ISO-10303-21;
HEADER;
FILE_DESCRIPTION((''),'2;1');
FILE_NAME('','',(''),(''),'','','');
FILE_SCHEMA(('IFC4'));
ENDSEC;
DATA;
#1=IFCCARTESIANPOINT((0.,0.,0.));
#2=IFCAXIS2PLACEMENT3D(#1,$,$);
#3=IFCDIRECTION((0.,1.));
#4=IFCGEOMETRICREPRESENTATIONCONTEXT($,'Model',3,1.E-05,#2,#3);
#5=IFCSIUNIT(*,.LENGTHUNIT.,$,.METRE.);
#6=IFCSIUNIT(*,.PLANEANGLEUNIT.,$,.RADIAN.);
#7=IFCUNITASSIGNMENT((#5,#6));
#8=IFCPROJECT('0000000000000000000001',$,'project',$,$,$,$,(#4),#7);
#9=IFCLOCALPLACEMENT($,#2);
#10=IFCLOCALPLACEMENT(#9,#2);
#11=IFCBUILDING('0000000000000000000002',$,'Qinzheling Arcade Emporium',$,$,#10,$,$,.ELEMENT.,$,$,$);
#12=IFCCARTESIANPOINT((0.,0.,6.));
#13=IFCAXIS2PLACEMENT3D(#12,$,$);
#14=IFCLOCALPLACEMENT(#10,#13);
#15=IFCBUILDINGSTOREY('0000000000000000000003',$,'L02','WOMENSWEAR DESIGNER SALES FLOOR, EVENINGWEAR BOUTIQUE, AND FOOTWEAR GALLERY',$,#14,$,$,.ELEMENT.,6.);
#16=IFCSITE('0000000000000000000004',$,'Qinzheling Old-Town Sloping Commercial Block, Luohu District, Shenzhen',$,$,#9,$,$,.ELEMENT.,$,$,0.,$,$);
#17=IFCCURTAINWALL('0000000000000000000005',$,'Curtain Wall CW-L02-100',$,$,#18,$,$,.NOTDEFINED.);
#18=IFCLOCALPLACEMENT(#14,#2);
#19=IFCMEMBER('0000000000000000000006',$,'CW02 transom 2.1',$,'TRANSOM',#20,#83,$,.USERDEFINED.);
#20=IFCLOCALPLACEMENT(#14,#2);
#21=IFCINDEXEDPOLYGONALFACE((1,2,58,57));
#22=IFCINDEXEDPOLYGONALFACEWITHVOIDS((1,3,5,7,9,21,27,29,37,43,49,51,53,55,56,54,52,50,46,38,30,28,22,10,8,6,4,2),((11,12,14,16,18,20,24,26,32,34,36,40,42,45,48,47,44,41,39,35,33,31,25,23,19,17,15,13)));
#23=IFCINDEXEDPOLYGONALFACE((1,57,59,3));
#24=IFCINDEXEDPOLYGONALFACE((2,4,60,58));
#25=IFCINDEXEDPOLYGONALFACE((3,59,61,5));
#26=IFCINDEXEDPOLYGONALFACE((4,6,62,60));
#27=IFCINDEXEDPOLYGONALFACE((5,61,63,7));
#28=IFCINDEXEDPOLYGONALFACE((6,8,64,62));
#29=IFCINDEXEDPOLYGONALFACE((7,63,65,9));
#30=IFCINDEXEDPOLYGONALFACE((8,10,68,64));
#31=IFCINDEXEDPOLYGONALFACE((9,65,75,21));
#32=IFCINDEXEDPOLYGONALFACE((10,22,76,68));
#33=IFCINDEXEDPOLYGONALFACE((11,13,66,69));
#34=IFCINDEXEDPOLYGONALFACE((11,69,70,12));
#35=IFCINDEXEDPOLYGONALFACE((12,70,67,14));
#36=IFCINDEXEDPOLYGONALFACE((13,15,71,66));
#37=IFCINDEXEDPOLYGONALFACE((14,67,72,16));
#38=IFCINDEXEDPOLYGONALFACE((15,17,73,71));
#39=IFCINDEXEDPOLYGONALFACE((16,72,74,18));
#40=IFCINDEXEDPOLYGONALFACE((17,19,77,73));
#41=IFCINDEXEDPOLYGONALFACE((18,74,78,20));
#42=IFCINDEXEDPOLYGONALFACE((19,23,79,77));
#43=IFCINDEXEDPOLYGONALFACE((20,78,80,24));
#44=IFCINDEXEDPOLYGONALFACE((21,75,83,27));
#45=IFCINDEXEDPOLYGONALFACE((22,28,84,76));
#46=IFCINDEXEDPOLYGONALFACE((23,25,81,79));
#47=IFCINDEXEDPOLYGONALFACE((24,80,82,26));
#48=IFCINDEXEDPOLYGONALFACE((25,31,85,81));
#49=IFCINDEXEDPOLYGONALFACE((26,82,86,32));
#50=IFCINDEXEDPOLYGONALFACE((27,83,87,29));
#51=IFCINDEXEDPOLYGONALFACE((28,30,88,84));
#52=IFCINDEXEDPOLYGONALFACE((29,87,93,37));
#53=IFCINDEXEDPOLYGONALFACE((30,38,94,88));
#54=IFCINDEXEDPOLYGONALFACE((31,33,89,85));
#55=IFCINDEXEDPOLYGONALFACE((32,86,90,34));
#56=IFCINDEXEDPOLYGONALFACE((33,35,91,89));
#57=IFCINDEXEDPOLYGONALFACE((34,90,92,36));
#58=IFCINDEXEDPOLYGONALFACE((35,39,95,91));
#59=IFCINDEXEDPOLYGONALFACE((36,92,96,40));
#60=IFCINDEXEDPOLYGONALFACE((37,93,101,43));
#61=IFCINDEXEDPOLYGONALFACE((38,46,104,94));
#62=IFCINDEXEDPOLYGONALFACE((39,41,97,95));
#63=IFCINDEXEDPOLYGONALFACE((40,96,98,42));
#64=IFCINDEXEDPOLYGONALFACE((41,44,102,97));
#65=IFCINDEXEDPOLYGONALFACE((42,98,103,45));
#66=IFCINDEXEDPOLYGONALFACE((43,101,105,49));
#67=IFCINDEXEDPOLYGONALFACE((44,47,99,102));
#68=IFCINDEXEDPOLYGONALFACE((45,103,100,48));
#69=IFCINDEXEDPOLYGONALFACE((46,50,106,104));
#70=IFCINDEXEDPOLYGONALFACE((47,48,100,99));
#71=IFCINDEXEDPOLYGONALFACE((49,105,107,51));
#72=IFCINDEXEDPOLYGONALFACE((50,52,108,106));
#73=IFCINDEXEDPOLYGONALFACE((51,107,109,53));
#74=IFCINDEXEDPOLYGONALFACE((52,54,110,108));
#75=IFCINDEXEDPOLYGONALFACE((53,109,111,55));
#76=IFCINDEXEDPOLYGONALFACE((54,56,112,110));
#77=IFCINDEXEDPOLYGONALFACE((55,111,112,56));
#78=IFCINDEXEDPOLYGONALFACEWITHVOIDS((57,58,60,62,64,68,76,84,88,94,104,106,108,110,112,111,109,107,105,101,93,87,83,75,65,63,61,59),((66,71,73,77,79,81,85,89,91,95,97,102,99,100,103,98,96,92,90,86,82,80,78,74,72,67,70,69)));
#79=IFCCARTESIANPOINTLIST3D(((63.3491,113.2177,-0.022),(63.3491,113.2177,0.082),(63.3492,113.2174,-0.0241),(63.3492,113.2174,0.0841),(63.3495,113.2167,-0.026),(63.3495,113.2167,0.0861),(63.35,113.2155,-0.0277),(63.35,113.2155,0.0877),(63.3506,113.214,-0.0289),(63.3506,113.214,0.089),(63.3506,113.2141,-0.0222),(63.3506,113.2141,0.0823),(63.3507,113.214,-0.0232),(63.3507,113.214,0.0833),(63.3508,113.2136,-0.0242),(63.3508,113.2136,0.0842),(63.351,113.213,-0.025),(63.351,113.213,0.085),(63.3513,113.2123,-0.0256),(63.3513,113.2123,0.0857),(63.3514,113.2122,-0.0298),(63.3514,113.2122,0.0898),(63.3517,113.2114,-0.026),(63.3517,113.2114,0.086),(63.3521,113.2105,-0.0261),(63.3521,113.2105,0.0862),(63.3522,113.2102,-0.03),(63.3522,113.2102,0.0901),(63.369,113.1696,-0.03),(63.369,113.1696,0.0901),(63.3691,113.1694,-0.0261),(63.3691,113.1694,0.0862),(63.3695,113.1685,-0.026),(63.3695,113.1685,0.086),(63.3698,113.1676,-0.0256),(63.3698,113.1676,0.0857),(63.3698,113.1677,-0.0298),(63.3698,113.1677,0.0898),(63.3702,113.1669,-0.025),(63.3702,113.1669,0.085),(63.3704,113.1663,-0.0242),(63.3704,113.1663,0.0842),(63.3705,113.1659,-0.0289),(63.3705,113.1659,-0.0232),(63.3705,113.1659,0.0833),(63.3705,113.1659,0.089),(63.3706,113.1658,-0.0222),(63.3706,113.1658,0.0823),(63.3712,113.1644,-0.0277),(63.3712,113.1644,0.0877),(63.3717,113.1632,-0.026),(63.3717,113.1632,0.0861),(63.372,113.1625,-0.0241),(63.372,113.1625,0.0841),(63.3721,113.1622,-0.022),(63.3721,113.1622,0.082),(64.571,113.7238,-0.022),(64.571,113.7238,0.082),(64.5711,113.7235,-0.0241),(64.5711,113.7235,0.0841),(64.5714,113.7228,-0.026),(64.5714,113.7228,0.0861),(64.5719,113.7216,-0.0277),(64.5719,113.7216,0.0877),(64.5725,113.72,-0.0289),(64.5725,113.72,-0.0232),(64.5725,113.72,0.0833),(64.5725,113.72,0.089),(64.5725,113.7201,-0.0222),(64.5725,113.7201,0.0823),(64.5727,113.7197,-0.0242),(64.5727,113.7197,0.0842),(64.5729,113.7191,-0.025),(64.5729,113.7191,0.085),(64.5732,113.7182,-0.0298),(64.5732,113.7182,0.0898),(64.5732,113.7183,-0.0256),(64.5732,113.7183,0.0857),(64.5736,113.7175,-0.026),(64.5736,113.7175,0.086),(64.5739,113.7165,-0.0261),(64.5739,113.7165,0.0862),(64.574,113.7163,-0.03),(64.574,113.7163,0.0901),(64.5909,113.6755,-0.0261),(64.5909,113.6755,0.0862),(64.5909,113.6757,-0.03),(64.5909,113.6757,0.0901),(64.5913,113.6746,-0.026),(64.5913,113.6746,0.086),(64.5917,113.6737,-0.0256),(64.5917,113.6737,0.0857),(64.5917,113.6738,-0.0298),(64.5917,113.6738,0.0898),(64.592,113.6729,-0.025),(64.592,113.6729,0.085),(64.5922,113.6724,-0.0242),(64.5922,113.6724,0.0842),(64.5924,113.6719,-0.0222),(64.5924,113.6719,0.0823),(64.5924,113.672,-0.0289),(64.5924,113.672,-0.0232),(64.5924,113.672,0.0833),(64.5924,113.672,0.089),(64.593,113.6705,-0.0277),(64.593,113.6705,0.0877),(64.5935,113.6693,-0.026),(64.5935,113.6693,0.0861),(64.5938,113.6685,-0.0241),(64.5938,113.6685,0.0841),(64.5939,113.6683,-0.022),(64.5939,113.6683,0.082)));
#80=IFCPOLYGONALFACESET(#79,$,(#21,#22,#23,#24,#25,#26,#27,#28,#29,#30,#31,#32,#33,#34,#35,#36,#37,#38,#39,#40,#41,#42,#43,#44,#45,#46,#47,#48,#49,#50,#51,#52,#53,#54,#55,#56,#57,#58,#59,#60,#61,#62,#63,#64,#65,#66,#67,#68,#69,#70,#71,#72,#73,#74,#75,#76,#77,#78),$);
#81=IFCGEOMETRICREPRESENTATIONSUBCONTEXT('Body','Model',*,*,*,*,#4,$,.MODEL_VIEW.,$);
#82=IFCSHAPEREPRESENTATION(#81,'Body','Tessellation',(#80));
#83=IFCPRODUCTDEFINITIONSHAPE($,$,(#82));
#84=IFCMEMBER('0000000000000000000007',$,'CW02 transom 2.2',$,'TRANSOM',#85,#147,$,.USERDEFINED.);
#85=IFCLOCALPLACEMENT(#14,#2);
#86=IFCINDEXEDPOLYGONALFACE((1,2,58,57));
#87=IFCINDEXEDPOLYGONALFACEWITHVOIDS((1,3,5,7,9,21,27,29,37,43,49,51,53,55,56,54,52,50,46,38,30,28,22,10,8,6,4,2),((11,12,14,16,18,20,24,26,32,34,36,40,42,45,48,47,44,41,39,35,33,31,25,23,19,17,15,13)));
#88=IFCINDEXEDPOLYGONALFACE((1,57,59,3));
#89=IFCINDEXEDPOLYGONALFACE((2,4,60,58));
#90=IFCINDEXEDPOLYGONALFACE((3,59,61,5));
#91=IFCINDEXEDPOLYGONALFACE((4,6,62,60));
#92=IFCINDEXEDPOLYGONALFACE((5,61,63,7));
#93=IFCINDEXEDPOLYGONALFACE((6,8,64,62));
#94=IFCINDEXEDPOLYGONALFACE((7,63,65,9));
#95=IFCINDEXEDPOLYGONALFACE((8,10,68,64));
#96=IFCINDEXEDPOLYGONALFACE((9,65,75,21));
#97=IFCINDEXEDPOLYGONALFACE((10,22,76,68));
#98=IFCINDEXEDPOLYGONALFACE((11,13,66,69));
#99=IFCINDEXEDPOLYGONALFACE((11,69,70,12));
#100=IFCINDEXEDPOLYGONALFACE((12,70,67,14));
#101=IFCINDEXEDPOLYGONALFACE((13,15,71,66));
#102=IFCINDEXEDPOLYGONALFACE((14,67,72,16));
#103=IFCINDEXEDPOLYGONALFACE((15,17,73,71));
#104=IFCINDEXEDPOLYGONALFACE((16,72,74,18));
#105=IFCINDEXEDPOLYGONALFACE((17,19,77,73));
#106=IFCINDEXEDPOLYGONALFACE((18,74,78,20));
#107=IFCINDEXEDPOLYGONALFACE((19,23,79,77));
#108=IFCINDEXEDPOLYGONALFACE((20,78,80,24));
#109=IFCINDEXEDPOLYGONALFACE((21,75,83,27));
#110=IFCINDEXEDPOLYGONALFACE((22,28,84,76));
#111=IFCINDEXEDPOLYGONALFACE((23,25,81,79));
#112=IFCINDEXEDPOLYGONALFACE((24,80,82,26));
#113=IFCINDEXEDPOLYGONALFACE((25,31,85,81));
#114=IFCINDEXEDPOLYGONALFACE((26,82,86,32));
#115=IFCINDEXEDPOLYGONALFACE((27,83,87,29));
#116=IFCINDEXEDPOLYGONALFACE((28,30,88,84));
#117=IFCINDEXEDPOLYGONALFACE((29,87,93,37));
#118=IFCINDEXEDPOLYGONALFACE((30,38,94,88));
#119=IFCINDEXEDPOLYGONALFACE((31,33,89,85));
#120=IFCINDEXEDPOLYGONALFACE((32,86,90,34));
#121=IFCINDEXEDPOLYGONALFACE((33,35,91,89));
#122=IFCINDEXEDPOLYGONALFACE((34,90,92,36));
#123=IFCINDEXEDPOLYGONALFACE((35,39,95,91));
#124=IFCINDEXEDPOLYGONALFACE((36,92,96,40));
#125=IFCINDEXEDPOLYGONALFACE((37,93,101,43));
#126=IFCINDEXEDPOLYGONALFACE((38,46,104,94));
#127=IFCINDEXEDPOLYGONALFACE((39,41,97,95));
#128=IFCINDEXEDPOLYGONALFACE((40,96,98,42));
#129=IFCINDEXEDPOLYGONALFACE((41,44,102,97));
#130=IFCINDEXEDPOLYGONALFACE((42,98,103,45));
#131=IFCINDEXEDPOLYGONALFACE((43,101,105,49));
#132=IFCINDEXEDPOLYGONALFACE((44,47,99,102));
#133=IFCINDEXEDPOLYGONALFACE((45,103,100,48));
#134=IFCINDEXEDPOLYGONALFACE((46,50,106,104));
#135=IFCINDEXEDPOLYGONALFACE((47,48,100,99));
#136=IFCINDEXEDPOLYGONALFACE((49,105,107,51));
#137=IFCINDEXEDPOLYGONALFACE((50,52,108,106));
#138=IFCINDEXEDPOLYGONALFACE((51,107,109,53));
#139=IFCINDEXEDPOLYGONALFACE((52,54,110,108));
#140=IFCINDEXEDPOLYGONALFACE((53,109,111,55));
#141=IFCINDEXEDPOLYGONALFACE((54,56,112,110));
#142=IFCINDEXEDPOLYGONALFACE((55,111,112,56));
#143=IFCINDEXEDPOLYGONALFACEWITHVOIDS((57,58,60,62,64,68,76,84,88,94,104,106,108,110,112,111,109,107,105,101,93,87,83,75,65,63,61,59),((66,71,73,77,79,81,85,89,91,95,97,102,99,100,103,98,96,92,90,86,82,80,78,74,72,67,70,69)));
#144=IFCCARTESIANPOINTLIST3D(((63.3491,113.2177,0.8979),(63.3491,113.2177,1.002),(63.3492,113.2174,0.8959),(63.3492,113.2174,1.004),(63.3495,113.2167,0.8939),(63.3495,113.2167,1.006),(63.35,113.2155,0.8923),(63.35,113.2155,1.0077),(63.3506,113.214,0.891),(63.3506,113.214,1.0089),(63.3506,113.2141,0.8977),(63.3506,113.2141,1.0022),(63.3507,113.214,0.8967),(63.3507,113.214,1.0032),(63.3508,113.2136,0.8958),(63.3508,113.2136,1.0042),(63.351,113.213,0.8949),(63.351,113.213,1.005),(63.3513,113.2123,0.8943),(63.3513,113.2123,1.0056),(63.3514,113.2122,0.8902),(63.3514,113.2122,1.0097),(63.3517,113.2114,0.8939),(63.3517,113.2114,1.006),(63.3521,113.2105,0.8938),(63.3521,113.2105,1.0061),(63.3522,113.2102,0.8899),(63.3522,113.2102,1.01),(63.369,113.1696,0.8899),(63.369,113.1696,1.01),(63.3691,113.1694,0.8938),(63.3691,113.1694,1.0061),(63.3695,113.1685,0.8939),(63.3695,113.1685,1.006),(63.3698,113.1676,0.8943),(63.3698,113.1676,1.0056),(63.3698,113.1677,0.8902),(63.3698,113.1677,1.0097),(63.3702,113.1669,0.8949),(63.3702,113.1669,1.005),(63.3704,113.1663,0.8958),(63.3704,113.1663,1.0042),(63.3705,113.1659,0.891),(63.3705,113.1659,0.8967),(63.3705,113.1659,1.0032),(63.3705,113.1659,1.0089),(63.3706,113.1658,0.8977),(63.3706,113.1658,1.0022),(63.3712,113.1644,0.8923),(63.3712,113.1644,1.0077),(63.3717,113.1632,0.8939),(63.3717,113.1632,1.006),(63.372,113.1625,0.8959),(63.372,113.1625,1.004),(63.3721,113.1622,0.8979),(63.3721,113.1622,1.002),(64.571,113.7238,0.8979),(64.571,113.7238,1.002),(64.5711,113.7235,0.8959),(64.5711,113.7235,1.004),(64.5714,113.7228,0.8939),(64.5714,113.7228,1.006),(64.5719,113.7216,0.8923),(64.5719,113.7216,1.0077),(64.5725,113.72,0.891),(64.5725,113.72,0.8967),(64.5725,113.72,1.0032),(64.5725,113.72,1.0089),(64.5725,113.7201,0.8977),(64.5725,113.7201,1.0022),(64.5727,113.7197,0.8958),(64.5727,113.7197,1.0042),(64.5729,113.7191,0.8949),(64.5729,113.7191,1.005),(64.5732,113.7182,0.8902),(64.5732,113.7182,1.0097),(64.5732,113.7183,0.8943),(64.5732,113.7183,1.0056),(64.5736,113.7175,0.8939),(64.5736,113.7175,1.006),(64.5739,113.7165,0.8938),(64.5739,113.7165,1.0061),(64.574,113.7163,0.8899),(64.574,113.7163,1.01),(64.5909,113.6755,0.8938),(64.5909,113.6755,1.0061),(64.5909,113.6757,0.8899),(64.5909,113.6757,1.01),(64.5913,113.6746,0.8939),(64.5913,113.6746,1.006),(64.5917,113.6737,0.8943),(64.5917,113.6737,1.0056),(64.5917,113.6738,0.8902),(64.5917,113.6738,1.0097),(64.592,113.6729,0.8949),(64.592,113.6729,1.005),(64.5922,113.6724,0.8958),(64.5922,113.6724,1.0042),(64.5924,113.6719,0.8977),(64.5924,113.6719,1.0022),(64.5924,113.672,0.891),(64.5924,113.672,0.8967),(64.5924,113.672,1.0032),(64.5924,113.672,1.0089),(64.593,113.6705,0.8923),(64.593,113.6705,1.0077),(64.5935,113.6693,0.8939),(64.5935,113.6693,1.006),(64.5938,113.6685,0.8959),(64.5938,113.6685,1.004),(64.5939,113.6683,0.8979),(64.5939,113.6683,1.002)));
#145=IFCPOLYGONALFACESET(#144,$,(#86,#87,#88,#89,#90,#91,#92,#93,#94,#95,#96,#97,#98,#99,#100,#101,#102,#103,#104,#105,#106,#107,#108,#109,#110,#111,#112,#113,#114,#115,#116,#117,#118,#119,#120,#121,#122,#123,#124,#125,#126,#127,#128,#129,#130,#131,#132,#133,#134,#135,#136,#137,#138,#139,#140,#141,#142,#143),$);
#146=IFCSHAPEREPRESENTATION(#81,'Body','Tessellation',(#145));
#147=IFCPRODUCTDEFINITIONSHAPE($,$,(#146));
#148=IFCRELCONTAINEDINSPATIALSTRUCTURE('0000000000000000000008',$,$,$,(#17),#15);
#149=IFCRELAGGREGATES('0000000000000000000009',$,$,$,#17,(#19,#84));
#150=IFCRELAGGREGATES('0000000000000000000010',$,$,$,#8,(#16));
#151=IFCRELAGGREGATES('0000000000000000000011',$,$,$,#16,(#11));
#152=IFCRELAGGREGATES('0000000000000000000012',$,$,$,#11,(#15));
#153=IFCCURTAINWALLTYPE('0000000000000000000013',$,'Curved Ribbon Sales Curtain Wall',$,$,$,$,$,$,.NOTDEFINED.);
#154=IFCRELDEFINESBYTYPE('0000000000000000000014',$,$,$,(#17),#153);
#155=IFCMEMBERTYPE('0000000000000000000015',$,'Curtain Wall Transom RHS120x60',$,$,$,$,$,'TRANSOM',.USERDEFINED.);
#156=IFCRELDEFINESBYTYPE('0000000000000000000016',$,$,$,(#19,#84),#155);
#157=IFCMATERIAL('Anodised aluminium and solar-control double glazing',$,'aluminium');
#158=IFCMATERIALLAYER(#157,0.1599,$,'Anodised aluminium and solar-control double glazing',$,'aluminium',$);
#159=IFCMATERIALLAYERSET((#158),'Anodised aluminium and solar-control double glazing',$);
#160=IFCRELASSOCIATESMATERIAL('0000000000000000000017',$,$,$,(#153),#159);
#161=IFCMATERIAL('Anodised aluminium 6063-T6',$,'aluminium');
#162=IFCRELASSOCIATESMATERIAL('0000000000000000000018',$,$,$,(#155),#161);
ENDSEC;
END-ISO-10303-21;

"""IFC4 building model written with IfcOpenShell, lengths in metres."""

from ifc_helpers import new_model, si_unit, direction, frame, origin, origin_2d, place, context, subcontext, project, spatial, hollow_rectangle, extrude, material, layer, layer_set, material_profile, profile_set, type_object, element, aggregate, save


model = new_model("IFC4")

# Units and contexts
model_context = context("Model", 3, precision=1e-05, world=origin(), true_north=direction((0.0, 1.0)))
body_context = subcontext(model_context, "Body", "Model", "MODEL_VIEW")
ifc_project = project(units=[si_unit("LENGTHUNIT", "METRE"), si_unit("PLANEANGLEUNIT", "RADIAN")], contexts=[model_context])

# Site, building, storey
site_placement = place(None, origin())
site = spatial("IfcSite", under=ifc_project, at=site_placement, Name="Qinzheling Old-Town Sloping Commercial Block, Luohu District, Shenzhen", CompositionType="ELEMENT", RefElevation=0.0)
building_placement = place(site_placement, origin())
building = spatial("IfcBuilding", under=site, at=building_placement, Name="Qinzheling Arcade Emporium", CompositionType="ELEMENT")
storey_placement = place(building_placement, frame((0.0, 0.0, 6.0)))
storey = spatial("IfcBuildingStorey", under=building, at=storey_placement, Name="L02", Description="WOMENSWEAR DESIGNER SALES FLOOR, EVENINGWEAR BOUTIQUE, AND FOOTWEAR GALLERY", CompositionType="ELEMENT", Elevation=6.0)

# Curtain wall
ifc_material_1 = material(Name="Anodised aluminium and solar-control double glazing", Category="aluminium")
ifc_layer_1 = layer(ifc_material_1, 0.1599, Name="Anodised aluminium and solar-control double glazing", Category="aluminium")
ifc_layer_set_1 = layer_set([ifc_layer_1], Name="Anodised aluminium and solar-control double glazing")
curtain_wall_type = type_object("IfcCurtainWallType", Name="Curved Ribbon Sales Curtain Wall", PredefinedType="NOTDEFINED", material=ifc_layer_set_1)
curtain_wall_1_placement = place(storey_placement, origin())
curtain_wall_1 = element("IfcCurtainWall", 1, at=curtain_wall_1_placement, inside=storey, type_object=curtain_wall_type, Name="Curtain Wall CW-L02-100", PredefinedType="NOTDEFINED")
ifc_material_2 = material(Name="Anodised aluminium 6063-T6", Category="aluminium")

# Members
ifc_material_profile_1 = material_profile(ifc_material_2, hollow_rectangle(XDim=0.0601, YDim=0.1201, WallThickness=0.0039, InnerFilletRadius=0.0039, OuterFilletRadius=0.0081, at=origin_2d()), Name="RHS 120x60x4", Category="aluminium")
ifc_profile_set_1 = profile_set([ifc_material_profile_1], Name="Anodised aluminium 6063-T6")
member_type_1 = type_object("IfcMemberType", Name="Curtain Wall Transom RHS120x60", ElementType="TRANSOM", PredefinedType="USERDEFINED", material=ifc_profile_set_1)
member_1_placement = place(storey_placement, frame((63.3606, 113.1899, 0.03), z_axis=(0.923889, 0.382662, 0.0), x_axis=(-0.382662, 0.923889, 0.0)))
member_1 = element("IfcMember", 2, at=member_1_placement, type_object=member_type_1, Name="CW02 transom 2.1", ObjectType="TRANSOM", PredefinedType="USERDEFINED", context=body_context, shape_type="SweptSolid", body=[
    extrude(hollow_rectangle(XDim=0.0601, YDim=0.1201, WallThickness=0.0039, InnerFilletRadius=0.0039, OuterFilletRadius=0.0081, at=origin_2d()), origin(), (0.0, 0.0, 1.0), 1.3225),
])
member_2_placement = place(storey_placement, frame((63.3606, 113.1899, 0.95), z_axis=(0.923889, 0.382662, 0.0), x_axis=(-0.382662, 0.923889, 0.0)))
member_2 = element("IfcMember", 3, at=member_2_placement, type_object=member_type_1, Name="CW02 transom 2.2", ObjectType="TRANSOM", PredefinedType="USERDEFINED", context=body_context, shape_type="SweptSolid", body=[
    extrude(hollow_rectangle(XDim=0.0601, YDim=0.1201, WallThickness=0.0039, InnerFilletRadius=0.0039, OuterFilletRadius=0.0081, at=origin_2d()), origin(), (0.0, 0.0, 1.0), 1.3225),
])

aggregate(curtain_wall_1, [member_1, member_2])

save(model, "model.ifc")
